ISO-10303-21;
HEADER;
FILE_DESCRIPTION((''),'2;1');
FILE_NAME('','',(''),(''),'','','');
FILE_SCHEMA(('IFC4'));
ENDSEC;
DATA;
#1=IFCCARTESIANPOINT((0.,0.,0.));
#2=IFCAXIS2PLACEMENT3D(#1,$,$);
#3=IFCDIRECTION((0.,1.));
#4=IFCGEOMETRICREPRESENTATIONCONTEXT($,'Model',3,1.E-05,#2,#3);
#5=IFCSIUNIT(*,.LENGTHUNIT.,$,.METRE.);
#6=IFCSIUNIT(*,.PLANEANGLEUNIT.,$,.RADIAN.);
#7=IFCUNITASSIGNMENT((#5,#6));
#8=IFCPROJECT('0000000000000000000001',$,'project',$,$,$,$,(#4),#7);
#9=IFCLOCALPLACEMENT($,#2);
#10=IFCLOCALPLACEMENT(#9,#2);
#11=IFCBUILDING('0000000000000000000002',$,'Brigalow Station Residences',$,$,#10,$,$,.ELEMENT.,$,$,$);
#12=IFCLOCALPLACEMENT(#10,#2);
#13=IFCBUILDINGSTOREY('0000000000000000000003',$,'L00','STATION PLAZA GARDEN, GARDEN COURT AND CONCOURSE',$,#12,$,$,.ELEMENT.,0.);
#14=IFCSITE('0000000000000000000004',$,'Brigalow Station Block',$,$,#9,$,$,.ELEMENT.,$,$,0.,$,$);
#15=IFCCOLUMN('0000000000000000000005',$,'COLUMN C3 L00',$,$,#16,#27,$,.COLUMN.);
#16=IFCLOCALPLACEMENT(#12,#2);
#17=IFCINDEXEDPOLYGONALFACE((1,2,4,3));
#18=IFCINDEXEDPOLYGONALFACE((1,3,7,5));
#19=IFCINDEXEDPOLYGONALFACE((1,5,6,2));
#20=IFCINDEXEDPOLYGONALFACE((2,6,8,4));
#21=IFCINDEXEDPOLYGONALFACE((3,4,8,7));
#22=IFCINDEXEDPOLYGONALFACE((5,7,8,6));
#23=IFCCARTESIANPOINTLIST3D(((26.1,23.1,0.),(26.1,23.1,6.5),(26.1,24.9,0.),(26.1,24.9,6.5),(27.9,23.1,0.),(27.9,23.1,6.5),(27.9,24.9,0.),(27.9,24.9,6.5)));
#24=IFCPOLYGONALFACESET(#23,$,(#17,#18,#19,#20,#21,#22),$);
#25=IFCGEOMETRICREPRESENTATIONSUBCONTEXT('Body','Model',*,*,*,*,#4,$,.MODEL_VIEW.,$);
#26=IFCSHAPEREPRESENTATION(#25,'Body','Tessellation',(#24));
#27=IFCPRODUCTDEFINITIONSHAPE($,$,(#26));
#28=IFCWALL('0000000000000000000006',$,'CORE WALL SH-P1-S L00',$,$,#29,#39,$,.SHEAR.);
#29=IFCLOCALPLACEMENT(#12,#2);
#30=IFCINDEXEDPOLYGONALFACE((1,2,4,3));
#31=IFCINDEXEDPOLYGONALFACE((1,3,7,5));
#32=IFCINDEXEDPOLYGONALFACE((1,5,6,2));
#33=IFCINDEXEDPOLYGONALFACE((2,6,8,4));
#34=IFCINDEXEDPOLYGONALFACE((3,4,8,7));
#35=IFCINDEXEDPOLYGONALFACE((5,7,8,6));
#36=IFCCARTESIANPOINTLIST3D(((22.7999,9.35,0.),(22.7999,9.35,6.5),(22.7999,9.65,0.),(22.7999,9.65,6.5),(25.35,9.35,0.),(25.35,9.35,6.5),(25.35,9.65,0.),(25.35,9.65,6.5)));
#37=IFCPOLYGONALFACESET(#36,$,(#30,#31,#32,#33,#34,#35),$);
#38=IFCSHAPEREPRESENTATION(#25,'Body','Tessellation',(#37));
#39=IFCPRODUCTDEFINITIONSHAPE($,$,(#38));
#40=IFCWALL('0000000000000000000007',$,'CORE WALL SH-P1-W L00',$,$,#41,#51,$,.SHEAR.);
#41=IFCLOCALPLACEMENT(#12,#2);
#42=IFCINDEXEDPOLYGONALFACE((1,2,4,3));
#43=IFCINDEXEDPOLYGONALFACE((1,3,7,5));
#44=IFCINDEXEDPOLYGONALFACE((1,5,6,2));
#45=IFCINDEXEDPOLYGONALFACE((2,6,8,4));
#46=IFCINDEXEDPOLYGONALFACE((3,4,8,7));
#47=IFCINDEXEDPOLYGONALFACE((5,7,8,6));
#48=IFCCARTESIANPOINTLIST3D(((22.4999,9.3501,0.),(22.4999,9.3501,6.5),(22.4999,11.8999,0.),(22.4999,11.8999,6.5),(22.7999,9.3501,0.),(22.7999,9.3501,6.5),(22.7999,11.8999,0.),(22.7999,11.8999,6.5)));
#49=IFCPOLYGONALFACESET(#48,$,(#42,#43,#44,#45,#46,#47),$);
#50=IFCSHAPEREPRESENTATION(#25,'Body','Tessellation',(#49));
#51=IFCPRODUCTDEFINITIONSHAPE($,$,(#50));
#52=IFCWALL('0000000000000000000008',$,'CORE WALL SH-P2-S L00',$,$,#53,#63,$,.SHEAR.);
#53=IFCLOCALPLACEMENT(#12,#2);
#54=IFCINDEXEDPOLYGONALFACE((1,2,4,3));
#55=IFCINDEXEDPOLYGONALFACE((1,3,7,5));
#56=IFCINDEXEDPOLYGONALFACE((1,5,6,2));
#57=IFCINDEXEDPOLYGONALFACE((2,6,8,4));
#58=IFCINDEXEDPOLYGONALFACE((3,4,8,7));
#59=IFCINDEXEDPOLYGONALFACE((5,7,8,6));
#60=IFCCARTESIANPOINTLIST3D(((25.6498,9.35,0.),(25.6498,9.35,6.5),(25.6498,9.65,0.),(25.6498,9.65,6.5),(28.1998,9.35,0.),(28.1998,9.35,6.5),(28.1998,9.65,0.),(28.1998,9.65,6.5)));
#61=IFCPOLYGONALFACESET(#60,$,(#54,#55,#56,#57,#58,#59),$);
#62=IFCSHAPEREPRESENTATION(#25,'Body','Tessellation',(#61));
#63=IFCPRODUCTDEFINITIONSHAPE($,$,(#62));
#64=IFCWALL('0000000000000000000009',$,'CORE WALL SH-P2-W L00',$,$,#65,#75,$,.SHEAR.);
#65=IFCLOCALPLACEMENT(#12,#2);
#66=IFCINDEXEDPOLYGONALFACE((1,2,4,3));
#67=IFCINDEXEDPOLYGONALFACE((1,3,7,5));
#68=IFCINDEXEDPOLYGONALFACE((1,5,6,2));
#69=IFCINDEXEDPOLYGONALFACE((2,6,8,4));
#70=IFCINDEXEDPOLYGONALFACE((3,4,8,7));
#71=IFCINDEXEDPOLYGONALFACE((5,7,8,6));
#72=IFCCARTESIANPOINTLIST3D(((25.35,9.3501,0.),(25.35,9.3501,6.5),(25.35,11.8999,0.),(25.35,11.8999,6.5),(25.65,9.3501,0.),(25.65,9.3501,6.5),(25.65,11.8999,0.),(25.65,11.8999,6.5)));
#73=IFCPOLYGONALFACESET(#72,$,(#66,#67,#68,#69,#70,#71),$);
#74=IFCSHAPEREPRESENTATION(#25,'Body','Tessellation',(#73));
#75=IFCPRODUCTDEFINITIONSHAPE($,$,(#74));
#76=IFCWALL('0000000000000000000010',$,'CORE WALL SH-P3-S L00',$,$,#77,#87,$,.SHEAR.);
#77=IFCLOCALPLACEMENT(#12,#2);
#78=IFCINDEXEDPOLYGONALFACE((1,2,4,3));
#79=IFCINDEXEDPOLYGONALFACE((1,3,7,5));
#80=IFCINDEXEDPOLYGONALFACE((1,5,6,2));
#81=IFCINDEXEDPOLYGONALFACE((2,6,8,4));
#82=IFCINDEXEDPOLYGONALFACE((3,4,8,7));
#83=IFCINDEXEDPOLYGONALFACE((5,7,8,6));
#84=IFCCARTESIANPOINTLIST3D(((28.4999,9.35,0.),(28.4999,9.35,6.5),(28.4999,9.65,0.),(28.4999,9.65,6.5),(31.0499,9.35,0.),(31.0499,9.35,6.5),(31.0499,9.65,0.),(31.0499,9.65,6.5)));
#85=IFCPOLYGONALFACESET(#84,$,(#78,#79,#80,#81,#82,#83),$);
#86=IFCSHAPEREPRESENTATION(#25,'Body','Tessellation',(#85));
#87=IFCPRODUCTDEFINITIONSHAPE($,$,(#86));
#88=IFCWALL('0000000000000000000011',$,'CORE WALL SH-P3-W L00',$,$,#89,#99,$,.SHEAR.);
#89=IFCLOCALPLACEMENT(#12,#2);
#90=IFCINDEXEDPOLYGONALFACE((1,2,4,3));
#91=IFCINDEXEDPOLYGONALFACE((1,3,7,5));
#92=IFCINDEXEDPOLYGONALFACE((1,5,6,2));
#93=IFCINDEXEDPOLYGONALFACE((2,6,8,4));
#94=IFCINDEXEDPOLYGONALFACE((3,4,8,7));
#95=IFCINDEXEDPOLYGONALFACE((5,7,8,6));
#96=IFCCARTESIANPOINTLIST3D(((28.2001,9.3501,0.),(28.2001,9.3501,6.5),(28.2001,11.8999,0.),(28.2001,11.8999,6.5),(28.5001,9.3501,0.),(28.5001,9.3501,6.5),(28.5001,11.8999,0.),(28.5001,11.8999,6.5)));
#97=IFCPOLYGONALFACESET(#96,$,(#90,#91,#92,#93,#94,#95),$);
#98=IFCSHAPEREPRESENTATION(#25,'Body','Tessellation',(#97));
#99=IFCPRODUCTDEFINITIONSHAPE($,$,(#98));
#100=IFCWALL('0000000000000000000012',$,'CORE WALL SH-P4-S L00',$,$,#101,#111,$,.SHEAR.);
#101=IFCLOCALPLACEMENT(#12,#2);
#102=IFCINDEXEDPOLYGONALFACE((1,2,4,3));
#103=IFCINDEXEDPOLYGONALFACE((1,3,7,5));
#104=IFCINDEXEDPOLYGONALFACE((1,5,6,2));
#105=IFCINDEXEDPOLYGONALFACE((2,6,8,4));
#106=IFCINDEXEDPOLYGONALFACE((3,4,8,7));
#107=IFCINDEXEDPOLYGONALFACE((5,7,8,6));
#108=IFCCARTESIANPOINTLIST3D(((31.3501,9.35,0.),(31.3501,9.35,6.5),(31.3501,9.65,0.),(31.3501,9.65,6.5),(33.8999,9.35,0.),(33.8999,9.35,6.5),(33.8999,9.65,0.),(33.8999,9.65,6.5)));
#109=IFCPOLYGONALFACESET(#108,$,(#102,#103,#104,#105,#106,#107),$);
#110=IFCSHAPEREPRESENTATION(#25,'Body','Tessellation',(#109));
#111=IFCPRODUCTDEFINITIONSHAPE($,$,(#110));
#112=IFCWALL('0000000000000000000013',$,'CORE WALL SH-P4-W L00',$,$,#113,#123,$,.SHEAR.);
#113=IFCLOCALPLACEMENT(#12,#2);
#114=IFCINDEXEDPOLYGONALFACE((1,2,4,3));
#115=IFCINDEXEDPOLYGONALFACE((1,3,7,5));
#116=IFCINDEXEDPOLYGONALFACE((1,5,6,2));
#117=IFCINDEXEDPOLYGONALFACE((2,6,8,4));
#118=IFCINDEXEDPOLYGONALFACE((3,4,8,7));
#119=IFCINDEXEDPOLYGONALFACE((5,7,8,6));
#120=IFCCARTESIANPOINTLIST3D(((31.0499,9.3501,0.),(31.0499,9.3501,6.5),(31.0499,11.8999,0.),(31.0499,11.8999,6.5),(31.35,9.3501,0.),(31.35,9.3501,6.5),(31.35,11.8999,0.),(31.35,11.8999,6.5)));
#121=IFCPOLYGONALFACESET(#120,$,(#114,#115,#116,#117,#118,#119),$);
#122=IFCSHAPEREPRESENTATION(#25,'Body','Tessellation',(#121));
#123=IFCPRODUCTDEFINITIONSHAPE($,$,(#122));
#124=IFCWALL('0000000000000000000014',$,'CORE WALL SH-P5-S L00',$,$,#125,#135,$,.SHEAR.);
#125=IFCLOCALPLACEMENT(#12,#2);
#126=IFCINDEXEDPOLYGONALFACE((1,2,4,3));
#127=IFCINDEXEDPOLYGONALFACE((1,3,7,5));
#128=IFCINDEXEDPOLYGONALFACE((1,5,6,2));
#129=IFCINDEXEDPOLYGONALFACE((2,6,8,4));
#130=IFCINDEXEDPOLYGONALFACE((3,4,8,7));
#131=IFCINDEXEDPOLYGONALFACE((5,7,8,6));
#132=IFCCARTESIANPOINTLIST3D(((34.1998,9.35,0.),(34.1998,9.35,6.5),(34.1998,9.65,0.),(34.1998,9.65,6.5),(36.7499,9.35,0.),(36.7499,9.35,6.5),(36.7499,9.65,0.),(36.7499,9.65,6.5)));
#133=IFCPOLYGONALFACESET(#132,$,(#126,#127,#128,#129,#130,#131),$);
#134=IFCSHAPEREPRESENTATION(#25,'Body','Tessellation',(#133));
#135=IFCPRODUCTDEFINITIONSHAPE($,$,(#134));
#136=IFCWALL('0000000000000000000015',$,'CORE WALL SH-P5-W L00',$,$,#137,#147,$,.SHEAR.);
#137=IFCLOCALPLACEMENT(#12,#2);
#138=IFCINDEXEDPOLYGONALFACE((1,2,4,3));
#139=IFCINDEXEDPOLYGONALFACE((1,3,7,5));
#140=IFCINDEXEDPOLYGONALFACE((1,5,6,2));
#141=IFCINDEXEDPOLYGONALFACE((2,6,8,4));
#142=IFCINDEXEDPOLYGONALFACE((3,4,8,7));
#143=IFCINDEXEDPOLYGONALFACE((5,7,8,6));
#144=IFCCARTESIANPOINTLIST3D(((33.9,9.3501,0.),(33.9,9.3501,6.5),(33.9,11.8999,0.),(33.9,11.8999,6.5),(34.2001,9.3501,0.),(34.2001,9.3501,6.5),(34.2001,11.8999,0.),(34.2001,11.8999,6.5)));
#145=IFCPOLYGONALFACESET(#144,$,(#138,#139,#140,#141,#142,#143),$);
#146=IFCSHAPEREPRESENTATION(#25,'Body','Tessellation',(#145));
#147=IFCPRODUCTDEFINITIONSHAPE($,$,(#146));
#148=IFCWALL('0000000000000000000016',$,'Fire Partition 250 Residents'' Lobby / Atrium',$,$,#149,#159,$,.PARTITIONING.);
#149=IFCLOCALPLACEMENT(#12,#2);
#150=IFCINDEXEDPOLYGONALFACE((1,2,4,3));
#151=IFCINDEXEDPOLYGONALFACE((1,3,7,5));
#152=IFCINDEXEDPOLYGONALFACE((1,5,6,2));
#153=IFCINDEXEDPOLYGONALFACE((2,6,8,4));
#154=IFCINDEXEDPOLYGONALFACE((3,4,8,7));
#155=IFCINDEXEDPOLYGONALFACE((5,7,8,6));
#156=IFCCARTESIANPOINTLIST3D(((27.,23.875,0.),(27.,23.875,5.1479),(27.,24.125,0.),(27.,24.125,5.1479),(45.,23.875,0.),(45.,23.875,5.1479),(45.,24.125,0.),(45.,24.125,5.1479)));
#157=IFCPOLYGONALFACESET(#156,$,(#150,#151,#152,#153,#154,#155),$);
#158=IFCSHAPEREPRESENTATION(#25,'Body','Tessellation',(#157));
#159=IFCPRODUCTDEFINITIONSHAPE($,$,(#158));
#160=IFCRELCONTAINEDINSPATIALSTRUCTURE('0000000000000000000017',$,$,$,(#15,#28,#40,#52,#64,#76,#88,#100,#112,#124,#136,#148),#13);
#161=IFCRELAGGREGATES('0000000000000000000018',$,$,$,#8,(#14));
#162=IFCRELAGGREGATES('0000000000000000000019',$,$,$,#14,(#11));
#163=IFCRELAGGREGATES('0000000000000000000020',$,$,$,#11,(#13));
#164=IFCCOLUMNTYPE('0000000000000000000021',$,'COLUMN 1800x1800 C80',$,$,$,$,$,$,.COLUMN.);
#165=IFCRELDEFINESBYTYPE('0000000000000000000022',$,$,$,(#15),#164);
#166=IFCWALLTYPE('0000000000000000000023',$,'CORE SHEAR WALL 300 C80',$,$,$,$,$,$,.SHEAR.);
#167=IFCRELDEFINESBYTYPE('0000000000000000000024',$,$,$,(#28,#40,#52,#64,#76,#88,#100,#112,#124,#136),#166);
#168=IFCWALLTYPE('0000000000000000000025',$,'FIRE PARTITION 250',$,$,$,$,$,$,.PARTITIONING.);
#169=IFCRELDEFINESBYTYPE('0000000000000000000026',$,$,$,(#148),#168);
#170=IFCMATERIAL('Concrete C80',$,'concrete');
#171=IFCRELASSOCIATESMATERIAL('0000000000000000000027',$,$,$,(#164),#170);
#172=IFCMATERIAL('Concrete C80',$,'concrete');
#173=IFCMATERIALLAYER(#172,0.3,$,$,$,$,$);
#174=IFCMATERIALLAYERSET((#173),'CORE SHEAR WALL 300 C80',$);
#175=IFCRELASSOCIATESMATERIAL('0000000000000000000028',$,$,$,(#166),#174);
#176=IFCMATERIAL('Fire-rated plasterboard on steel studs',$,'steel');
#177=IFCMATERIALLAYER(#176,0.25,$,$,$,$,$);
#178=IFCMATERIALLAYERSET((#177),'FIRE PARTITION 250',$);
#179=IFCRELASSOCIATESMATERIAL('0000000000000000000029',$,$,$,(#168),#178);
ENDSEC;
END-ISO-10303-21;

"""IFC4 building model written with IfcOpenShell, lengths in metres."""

from ifc_helpers import new_model, si_unit, direction, frame, frame_2d, origin, origin_2d, place, context, subcontext, project, spatial, rectangle, extrude, material, layer, layer_set, material_profile, profile_set, type_object, element, save


model = new_model("IFC4")

# Units and contexts
model_context = context("Model", 3, precision=1e-05, world=origin(), true_north=direction((0.0, 1.0)))
body_context = subcontext(model_context, "Body", "Model", "MODEL_VIEW")
ifc_project = project(units=[si_unit("LENGTHUNIT", "METRE"), si_unit("PLANEANGLEUNIT", "RADIAN")], contexts=[model_context])

# Site, building, storey
site_placement = place(None, origin())
site = spatial("IfcSite", under=ifc_project, at=site_placement, Name="Brigalow Station Block", CompositionType="ELEMENT", RefElevation=0.0)
building_placement = place(site_placement, origin())
building = spatial("IfcBuilding", under=site, at=building_placement, Name="Brigalow Station Residences", CompositionType="ELEMENT")
storey_placement = place(building_placement, origin())
storey = spatial("IfcBuildingStorey", under=building, at=storey_placement, Name="L00", Description="STATION PLAZA GARDEN, GARDEN COURT AND CONCOURSE", CompositionType="ELEMENT", Elevation=0.0)

# Column
ifc_material_1 = material(Name="Concrete C80", Category="concrete")
ifc_material_profile = material_profile(ifc_material_1, rectangle(XDim=1.8, YDim=1.8, at=origin_2d()), Name="RC1800x1800")
ifc_profile_set = profile_set([ifc_material_profile], Name="Concrete C80")
column_type = type_object("IfcColumnType", Name="COLUMN 1800x1800 C80", PredefinedType="COLUMN", material=ifc_profile_set)
column_placement = place(storey_placement, frame((27.0, 24.0, 0.0), z_axis=(0.0, 0.0, 1.0), x_axis=(1.0, 0.0, 0.0)))
element("IfcColumn", 1, at=column_placement, inside=storey, type_object=column_type, Name="COLUMN C3 L00", PredefinedType="COLUMN", context=body_context, shape_type="SweptSolid", body=[
    extrude(rectangle(XDim=1.8, YDim=1.8, at=origin_2d()), origin(), (0.0, 0.0, 1.0), 6.5),
])

# Walls
ifc_material_2 = material(Name="Concrete C80", Category="concrete")
ifc_layer_1 = layer(ifc_material_2, 0.3)
ifc_layer_set_1 = layer_set([ifc_layer_1], Name="CORE SHEAR WALL 300 C80")
wall_type_1 = type_object("IfcWallType", Name="CORE SHEAR WALL 300 C80", PredefinedType="SHEAR", material=ifc_layer_set_1)
wall_1_placement = place(storey_placement, frame((22.8, 9.5, 0.0), z_axis=(0.0, 0.0, 1.0), x_axis=(1.0, 0.0, 0.0)))
element("IfcWall", 2, at=wall_1_placement, inside=storey, type_object=wall_type_1, Name="CORE WALL SH-P1-S L00", PredefinedType="SHEAR", context=body_context, shape_type="SweptSolid", body=[
    extrude(rectangle(XDim=2.55, YDim=0.3, at=frame_2d((1.2749, 0.0))), origin(), (0.0, 0.0, 1.0), 6.5),
])
wall_2_placement = place(storey_placement, frame((22.6499, 9.3501, 0.0), z_axis=(0.0, 0.0, 1.0), x_axis=(0.0, 1.0, 0.0)))
element("IfcWall", 3, at=wall_2_placement, inside=storey, type_object=wall_type_1, Name="CORE WALL SH-P1-W L00", PredefinedType="SHEAR", context=body_context, shape_type="SweptSolid", body=[
    extrude(rectangle(XDim=2.5498, YDim=0.3, at=frame_2d((1.2749, 0.0))), origin(), (0.0, 0.0, 1.0), 6.5),
])
wall_3_placement = place(storey_placement, frame((25.6499, 9.5, 0.0), z_axis=(0.0, 0.0, 1.0), x_axis=(1.0, 0.0, 0.0)))
element("IfcWall", 4, at=wall_3_placement, inside=storey, type_object=wall_type_1, Name="CORE WALL SH-P2-S L00", PredefinedType="SHEAR", context=body_context, shape_type="SweptSolid", body=[
    extrude(rectangle(XDim=2.55, YDim=0.3, at=frame_2d((1.2749, 0.0))), origin(), (0.0, 0.0, 1.0), 6.5),
])
wall_4_placement = place(storey_placement, frame((25.5, 9.3501, 0.0), z_axis=(0.0, 0.0, 1.0), x_axis=(0.0, 1.0, 0.0)))
element("IfcWall", 5, at=wall_4_placement, inside=storey, type_object=wall_type_1, Name="CORE WALL SH-P2-W L00", PredefinedType="SHEAR", context=body_context, shape_type="SweptSolid", body=[
    extrude(rectangle(XDim=2.5498, YDim=0.3, at=frame_2d((1.2749, 0.0))), origin(), (0.0, 0.0, 1.0), 6.5),
])
wall_5_placement = place(storey_placement, frame((28.5, 9.5, 0.0), z_axis=(0.0, 0.0, 1.0), x_axis=(1.0, 0.0, 0.0)))
element("IfcWall", 6, at=wall_5_placement, inside=storey, type_object=wall_type_1, Name="CORE WALL SH-P3-S L00", PredefinedType="SHEAR", context=body_context, shape_type="SweptSolid", body=[
    extrude(rectangle(XDim=2.55, YDim=0.3, at=frame_2d((1.2749, 0.0))), origin(), (0.0, 0.0, 1.0), 6.5),
])
for number, where, z_axis, x_axis, name in (
    (7, (28.3501, 9.3501, 0.0), (0.0, 0.0, 1.0), (0.0, 1.0, 0.0), "CORE WALL SH-P3-W L00"),
    (8, (31.3501, 9.5, 0.0), (0.0, 0.0, 1.0), (1.0, 0.0, 0.0), "CORE WALL SH-P4-S L00"),
    (9, (31.2, 9.3501, 0.0), (0.0, 0.0, 1.0), (0.0, 1.0, 0.0), "CORE WALL SH-P4-W L00"),
):
    element("IfcWall", number, at=place(storey_placement, frame(where, z_axis=z_axis, x_axis=x_axis)), inside=storey, type_object=wall_type_1, Name=name, PredefinedType="SHEAR", context=body_context, shape_type="SweptSolid", body=[
        extrude(rectangle(XDim=2.5498, YDim=0.3, at=frame_2d((1.2749, 0.0))), origin(), (0.0, 0.0, 1.0), 6.5),
    ])
wall_6_placement = place(storey_placement, frame((34.2, 9.5, 0.0), z_axis=(0.0, 0.0, 1.0), x_axis=(1.0, 0.0, 0.0)))
element("IfcWall", 10, at=wall_6_placement, inside=storey, type_object=wall_type_1, Name="CORE WALL SH-P5-S L00", PredefinedType="SHEAR", context=body_context, shape_type="SweptSolid", body=[
    extrude(rectangle(XDim=2.55, YDim=0.3, at=frame_2d((1.2749, 0.0))), origin(), (0.0, 0.0, 1.0), 6.5),
])
wall_7_placement = place(storey_placement, frame((34.05, 9.3501, 0.0), z_axis=(0.0, 0.0, 1.0), x_axis=(0.0, 1.0, 0.0)))
element("IfcWall", 11, at=wall_7_placement, inside=storey, type_object=wall_type_1, Name="CORE WALL SH-P5-W L00", PredefinedType="SHEAR", context=body_context, shape_type="SweptSolid", body=[
    extrude(rectangle(XDim=2.5498, YDim=0.3, at=frame_2d((1.2749, 0.0))), origin(), (0.0, 0.0, 1.0), 6.5),
])
ifc_material_3 = material(Name="Fire-rated plasterboard on steel studs", Category="steel")
ifc_layer_2 = layer(ifc_material_3, 0.25)
ifc_layer_set_2 = layer_set([ifc_layer_2], Name="FIRE PARTITION 250")
wall_type_2 = type_object("IfcWallType", Name="FIRE PARTITION 250", PredefinedType="PARTITIONING", material=ifc_layer_set_2)
wall_8_placement = place(storey_placement, frame((27.0, 24.0, 0.0), z_axis=(0.0, 0.0, 1.0), x_axis=(1.0, 0.0, 0.0)))
element("IfcWall", 12, at=wall_8_placement, inside=storey, type_object=wall_type_2, Name="Fire Partition 250 Residents' Lobby / Atrium", PredefinedType="PARTITIONING", context=body_context, shape_type="SweptSolid", body=[
    extrude(rectangle(XDim=18.0, YDim=0.25, at=frame_2d((9.0, 0.0))), origin(), (0.0, 0.0, 1.0), 5.1479),
])

save(model, "model.ifc")
